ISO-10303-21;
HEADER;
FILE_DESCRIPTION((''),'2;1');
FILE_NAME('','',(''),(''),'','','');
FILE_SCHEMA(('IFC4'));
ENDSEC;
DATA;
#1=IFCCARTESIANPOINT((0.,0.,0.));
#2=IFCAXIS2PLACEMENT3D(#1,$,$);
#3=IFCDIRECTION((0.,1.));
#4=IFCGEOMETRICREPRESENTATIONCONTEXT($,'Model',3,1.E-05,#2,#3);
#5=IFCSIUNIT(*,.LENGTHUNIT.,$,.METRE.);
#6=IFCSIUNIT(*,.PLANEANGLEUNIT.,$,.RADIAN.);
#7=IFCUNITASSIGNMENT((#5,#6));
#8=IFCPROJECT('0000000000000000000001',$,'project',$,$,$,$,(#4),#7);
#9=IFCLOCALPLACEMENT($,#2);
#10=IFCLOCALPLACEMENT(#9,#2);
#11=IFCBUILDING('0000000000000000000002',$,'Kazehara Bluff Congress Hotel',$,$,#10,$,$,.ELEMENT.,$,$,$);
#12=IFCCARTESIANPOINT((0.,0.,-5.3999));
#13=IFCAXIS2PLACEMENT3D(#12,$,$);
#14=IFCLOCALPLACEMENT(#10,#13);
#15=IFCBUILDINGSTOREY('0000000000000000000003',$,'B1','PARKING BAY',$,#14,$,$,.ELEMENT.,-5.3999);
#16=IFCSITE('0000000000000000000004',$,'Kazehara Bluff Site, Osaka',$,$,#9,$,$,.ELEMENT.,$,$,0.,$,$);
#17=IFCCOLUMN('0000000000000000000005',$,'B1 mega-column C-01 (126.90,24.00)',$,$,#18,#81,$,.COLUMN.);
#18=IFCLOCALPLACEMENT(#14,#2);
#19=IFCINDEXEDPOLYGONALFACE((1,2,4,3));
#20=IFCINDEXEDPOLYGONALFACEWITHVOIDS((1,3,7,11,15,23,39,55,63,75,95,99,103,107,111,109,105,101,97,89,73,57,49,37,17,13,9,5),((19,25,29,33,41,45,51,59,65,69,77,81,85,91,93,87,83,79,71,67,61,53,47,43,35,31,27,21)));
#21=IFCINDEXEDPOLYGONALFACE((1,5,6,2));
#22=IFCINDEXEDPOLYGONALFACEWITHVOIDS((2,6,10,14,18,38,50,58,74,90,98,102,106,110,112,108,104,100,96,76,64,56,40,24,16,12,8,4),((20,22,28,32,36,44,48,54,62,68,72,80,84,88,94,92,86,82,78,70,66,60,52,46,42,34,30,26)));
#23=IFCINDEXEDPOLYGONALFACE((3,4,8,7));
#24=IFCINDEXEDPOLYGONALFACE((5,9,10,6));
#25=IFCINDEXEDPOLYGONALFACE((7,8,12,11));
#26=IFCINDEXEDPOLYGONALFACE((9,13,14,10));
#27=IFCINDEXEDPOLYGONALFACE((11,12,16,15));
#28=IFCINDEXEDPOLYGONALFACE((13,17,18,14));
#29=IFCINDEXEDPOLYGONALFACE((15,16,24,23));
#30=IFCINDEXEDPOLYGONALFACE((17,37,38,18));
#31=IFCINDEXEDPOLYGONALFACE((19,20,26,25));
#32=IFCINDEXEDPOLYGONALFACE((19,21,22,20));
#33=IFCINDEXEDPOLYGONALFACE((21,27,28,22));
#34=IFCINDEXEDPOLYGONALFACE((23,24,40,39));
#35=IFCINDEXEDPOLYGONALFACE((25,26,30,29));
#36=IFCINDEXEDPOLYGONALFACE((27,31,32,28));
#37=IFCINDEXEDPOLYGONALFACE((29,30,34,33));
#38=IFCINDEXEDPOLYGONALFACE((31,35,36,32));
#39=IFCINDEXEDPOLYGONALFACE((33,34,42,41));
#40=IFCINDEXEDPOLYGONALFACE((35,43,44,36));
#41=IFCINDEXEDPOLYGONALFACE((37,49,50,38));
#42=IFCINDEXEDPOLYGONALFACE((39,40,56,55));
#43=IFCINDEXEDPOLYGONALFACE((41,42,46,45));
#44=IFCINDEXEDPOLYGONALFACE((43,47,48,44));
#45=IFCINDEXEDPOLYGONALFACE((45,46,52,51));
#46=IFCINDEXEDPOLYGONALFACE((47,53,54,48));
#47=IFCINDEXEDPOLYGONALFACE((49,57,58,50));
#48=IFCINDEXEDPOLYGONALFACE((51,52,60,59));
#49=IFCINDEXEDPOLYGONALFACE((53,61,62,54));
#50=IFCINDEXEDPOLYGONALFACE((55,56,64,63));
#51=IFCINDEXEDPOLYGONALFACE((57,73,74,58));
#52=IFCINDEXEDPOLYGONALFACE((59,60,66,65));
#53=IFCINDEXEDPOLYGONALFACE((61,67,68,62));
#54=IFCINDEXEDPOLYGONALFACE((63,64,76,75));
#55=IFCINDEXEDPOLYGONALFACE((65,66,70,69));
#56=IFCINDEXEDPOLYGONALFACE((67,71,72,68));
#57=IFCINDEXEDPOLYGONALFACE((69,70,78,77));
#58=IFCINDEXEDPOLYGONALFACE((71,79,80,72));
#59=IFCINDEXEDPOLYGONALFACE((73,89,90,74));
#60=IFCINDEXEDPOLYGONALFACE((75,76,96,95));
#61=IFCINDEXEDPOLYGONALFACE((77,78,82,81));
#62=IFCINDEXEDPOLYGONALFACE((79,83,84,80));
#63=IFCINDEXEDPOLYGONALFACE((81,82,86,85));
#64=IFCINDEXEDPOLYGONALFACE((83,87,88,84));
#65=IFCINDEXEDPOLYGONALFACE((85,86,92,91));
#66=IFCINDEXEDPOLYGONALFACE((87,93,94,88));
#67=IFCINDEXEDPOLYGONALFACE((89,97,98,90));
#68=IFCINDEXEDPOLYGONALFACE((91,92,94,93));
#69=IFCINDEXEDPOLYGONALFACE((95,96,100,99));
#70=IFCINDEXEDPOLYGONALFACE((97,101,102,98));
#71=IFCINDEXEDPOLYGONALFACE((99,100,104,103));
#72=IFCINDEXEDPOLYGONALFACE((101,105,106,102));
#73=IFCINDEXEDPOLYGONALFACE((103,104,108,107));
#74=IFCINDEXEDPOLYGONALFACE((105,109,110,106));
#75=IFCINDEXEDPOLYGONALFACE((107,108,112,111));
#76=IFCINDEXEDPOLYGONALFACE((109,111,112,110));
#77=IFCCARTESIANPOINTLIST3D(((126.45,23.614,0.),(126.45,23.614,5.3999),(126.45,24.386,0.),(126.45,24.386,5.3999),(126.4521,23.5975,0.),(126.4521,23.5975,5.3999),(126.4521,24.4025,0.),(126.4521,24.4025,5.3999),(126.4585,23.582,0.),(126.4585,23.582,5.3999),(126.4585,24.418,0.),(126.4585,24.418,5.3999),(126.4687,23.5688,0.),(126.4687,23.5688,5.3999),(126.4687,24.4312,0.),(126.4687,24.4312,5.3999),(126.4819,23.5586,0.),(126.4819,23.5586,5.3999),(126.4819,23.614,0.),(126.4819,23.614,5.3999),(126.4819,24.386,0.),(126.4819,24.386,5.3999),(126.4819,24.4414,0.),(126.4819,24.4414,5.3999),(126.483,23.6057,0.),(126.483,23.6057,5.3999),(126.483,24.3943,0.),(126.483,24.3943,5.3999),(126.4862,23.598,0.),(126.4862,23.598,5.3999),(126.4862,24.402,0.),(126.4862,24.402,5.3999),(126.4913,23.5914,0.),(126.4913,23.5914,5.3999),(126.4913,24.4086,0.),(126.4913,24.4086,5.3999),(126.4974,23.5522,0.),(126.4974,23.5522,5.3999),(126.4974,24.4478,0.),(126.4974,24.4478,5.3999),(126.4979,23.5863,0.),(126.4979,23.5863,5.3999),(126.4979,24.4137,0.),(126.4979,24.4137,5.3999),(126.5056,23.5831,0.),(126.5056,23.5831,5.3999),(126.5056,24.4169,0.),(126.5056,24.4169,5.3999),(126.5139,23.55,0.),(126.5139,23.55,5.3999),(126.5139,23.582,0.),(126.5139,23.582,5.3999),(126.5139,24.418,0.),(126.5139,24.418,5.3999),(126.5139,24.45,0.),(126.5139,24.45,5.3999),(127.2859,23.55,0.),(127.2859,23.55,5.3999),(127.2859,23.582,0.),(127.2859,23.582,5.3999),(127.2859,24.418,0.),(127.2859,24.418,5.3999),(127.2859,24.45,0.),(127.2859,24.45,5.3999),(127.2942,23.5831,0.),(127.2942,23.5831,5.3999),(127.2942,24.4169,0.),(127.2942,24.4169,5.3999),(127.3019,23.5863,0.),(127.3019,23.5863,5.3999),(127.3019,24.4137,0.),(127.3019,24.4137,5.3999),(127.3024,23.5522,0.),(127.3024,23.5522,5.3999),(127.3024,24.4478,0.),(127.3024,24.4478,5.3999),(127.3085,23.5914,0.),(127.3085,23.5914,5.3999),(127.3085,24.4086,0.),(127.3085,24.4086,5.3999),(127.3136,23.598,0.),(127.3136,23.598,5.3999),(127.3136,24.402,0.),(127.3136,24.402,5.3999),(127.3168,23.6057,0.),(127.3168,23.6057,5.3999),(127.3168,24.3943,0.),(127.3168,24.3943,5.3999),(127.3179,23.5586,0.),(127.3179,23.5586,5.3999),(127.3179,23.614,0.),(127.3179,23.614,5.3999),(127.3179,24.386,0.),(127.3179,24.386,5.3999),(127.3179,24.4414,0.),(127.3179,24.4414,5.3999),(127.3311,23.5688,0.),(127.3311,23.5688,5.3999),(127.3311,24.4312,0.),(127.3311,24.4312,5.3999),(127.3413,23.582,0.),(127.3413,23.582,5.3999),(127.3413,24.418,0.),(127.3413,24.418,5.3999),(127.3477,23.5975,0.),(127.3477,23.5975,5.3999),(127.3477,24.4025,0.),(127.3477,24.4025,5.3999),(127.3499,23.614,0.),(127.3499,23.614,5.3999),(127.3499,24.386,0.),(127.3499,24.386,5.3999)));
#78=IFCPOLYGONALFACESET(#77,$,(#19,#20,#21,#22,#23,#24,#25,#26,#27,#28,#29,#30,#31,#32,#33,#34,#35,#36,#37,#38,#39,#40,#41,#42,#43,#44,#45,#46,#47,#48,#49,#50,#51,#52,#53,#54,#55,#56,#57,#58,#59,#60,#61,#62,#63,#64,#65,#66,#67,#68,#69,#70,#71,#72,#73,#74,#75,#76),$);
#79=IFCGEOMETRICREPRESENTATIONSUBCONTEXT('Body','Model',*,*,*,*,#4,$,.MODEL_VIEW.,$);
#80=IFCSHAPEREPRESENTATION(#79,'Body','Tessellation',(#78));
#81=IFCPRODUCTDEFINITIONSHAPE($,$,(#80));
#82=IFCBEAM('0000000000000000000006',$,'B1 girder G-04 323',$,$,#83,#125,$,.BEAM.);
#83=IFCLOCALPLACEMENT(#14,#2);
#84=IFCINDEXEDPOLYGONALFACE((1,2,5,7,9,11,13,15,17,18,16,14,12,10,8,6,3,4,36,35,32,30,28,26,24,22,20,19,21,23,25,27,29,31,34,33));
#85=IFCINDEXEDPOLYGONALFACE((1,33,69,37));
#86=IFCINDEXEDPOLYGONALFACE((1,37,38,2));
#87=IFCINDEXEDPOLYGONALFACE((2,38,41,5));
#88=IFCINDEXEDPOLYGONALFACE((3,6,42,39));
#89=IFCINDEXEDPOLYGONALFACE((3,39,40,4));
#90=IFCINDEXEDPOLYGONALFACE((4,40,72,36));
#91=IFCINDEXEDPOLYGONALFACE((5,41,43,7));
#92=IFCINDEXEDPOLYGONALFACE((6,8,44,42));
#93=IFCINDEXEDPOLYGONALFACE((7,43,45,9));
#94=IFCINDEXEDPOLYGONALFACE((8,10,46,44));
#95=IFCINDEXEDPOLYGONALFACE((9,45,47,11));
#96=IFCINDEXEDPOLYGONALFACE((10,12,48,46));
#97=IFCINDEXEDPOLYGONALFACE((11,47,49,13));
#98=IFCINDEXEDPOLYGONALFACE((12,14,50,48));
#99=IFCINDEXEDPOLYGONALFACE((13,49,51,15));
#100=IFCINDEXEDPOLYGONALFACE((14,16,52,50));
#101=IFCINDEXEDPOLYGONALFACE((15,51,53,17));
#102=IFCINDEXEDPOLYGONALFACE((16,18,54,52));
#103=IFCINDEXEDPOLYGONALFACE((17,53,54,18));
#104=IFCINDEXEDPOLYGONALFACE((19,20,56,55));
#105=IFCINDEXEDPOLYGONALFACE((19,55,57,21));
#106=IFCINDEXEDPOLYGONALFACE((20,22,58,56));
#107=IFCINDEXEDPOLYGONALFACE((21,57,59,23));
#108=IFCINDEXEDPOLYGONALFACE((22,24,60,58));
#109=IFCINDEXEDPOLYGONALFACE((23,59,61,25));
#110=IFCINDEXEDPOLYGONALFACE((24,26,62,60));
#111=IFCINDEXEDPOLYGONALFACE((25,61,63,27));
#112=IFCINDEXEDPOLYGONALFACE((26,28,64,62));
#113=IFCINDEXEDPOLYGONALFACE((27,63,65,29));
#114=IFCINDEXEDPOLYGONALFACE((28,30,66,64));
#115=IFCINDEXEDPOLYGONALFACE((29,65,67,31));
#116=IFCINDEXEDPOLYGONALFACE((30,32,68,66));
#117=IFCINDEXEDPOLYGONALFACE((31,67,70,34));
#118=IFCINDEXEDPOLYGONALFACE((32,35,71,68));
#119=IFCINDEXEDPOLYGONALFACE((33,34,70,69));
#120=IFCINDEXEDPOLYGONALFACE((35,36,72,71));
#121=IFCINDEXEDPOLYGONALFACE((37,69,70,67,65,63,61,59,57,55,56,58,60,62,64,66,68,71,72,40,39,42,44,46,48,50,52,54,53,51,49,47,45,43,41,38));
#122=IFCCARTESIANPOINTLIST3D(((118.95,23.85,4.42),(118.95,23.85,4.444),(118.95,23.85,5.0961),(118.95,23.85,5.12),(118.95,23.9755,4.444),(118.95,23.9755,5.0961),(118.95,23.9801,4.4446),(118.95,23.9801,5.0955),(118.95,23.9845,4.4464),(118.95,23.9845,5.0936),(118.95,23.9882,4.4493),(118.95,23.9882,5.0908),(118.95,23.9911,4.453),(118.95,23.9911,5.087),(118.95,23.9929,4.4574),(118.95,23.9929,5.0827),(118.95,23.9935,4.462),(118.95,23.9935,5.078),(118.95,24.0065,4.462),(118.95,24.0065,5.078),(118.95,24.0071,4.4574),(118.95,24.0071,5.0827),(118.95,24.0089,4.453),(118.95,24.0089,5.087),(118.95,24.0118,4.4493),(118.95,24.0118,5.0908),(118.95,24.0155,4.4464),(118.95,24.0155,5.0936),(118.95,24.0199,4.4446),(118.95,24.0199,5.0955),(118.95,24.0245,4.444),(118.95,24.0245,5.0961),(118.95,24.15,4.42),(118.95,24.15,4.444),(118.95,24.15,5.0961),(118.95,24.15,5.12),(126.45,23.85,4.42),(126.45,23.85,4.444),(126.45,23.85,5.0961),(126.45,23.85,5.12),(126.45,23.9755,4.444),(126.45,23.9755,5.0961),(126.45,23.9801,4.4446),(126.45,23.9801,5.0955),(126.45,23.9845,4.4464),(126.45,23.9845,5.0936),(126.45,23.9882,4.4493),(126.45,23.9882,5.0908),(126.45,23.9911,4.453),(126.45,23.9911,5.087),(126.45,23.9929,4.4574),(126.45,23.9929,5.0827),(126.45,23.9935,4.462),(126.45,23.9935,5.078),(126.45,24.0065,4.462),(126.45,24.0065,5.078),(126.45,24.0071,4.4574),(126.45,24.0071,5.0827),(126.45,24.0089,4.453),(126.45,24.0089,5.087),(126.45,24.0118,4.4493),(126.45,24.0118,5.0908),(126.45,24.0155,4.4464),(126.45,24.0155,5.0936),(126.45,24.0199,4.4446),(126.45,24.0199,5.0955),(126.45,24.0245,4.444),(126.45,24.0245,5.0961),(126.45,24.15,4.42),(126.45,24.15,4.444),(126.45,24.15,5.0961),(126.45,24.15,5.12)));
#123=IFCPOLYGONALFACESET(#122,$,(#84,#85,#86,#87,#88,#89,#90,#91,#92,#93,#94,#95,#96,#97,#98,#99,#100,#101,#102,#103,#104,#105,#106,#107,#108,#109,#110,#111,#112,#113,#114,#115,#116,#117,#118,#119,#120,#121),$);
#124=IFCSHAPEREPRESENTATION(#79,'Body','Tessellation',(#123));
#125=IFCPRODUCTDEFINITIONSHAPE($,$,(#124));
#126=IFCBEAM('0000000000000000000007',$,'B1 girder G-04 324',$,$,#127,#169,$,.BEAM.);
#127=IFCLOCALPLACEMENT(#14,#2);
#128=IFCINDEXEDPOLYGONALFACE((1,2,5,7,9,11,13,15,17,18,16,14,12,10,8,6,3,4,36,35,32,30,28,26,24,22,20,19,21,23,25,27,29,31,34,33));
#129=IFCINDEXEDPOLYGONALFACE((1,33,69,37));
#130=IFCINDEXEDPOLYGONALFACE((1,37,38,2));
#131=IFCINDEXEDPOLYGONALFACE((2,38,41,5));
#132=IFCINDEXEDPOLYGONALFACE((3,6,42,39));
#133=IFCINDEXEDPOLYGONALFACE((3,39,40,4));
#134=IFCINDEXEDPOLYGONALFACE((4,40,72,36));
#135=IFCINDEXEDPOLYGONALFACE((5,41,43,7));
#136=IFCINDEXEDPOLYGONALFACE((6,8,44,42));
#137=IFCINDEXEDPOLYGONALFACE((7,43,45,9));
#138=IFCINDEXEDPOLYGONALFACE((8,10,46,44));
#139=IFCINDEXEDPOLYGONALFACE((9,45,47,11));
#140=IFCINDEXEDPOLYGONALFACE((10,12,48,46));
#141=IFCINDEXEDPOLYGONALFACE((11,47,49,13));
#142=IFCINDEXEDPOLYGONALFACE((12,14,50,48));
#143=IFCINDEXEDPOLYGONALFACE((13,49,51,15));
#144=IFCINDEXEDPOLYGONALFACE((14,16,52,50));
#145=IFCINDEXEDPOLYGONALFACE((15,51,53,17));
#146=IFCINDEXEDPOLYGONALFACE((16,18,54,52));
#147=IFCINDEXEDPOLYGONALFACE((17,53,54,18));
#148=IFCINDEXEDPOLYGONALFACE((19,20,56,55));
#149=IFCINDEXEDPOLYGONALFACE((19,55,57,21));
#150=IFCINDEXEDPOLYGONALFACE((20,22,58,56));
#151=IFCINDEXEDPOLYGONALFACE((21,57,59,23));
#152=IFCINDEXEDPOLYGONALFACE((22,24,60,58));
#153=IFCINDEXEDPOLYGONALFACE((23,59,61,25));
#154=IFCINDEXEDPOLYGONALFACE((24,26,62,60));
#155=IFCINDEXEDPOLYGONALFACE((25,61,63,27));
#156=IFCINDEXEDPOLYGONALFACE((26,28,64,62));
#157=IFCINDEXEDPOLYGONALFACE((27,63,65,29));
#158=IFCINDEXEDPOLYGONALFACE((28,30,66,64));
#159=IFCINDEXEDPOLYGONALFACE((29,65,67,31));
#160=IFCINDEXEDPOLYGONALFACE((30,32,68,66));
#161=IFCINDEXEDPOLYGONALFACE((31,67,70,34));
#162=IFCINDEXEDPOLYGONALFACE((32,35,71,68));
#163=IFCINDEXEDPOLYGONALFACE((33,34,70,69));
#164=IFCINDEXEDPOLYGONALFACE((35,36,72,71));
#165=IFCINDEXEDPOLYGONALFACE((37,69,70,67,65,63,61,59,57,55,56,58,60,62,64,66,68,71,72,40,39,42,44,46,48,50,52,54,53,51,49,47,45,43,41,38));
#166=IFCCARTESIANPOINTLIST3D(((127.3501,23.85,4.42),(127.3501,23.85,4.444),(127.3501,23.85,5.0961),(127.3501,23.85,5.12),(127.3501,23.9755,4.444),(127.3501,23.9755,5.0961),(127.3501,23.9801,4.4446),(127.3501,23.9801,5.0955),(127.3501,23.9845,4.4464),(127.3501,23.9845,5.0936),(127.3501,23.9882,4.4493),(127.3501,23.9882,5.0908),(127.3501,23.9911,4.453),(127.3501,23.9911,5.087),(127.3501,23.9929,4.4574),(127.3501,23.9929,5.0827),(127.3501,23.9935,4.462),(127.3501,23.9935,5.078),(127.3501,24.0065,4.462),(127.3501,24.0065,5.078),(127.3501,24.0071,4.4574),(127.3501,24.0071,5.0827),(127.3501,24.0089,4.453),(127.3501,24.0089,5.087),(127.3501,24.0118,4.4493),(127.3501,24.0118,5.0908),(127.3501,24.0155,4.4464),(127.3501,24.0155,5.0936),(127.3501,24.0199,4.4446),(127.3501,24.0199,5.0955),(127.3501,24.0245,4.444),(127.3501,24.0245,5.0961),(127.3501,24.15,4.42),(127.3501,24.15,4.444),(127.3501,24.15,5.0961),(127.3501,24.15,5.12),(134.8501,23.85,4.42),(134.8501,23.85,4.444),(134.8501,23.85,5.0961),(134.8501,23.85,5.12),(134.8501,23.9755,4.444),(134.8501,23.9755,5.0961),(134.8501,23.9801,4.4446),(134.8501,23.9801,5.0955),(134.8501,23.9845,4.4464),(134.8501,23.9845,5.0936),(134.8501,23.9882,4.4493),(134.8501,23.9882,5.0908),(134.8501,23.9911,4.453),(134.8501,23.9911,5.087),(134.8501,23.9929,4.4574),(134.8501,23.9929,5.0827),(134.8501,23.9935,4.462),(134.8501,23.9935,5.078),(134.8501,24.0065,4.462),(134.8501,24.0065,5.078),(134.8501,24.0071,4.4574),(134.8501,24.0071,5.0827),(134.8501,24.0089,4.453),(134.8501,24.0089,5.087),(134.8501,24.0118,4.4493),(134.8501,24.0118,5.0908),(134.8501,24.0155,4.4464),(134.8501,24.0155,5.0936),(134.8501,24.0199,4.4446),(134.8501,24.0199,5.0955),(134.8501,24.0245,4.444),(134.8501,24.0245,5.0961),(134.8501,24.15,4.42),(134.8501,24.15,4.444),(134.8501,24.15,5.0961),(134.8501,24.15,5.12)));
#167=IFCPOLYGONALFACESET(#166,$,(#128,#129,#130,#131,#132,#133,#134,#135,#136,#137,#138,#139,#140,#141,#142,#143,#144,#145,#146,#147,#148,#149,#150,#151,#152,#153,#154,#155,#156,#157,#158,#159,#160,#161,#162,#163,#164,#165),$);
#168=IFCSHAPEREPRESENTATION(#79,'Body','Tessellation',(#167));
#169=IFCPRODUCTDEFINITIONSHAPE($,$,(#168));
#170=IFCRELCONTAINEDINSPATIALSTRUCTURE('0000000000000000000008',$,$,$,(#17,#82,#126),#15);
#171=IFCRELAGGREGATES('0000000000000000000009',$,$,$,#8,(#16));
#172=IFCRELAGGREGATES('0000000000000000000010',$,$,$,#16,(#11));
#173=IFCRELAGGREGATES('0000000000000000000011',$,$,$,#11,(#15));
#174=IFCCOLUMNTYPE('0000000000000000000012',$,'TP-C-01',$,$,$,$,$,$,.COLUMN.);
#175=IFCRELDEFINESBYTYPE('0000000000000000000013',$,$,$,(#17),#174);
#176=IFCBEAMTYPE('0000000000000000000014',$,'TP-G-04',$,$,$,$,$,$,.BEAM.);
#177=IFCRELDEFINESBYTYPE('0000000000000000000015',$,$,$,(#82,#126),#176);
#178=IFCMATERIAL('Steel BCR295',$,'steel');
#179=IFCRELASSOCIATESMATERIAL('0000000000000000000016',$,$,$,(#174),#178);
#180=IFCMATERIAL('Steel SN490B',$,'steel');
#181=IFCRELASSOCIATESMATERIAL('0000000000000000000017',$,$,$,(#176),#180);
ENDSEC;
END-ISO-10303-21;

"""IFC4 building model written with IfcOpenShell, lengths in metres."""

from ifc_helpers import new_model, si_unit, direction, frame, origin, origin_2d, place, context, subcontext, project, spatial, hollow_rectangle, i_section, extrude, material, material_profile, profile_set, type_object, element, save


model = new_model("IFC4")

# Units and contexts
model_context = context("Model", 3, precision=1e-05, world=origin(), true_north=direction((0.0, 1.0)))
body_context = subcontext(model_context, "Body", "Model", "MODEL_VIEW")
ifc_project = project(units=[si_unit("LENGTHUNIT", "METRE"), si_unit("PLANEANGLEUNIT", "RADIAN")], contexts=[model_context])

# Site, building, storey
site_placement = place(None, origin())
site = spatial("IfcSite", under=ifc_project, at=site_placement, Name="Kazehara Bluff Site, Osaka", CompositionType="ELEMENT", RefElevation=0.0)
building_placement = place(site_placement, origin())
building = spatial("IfcBuilding", under=site, at=building_placement, Name="Kazehara Bluff Congress Hotel", CompositionType="ELEMENT")
storey_placement = place(building_placement, frame((0.0, 0.0, -5.3999)))
storey = spatial("IfcBuildingStorey", under=building, at=storey_placement, Name="B1", Description="PARKING BAY", CompositionType="ELEMENT", Elevation=-5.3999)

# Column
ifc_material_1 = material(Name="Steel BCR295", Category="steel")
ifc_material_profile_1 = material_profile(ifc_material_1, hollow_rectangle(XDim=0.8999, YDim=0.8999, WallThickness=0.032, InnerFilletRadius=0.032, OuterFilletRadius=0.064, at=origin_2d()))
ifc_profile_set_1 = profile_set([ifc_material_profile_1], Name="Steel BCR295")
column_type = type_object("IfcColumnType", Name="TP-C-01", PredefinedType="COLUMN", material=ifc_profile_set_1)
for number, where, z_axis, x_axis, name in (
    (1, (126.8999, 24.0, 0.0), (0.0, 0.0, 1.0), (1.0, 0.0, 0.0), "B1 mega-column C-01 (126.90,24.00)"),
):
    element("IfcColumn", number, at=place(storey_placement, frame(where, z_axis=z_axis, x_axis=x_axis)), inside=storey, type_object=column_type, Name=name, PredefinedType="COLUMN", context=body_context, shape_type="SweptSolid", body=[
        extrude(hollow_rectangle(XDim=0.8999, YDim=0.8999, WallThickness=0.032, InnerFilletRadius=0.032, OuterFilletRadius=0.064, at=origin_2d()), origin(), (0.0, 0.0, 1.0), 5.3999),
    ])

# Beams
ifc_material_2 = material(Name="Steel SN490B", Category="steel")
ifc_material_profile_2 = material_profile(ifc_material_2, i_section(OverallWidth=0.3, OverallDepth=0.7, WebThickness=0.0129, FlangeThickness=0.0239, FilletRadius=0.0181, at=origin_2d()))
ifc_profile_set_2 = profile_set([ifc_material_profile_2], Name="Steel SN490B")
beam_type_1 = type_object("IfcBeamType", Name="TP-G-04", PredefinedType="BEAM", material=ifc_profile_set_2)
for number, where, z_axis, x_axis, name in (
    (2, (118.95, 24.0, 4.77), (1.0, 0.0, 0.0), (0.0, 1.0, 0.0), "B1 girder G-04 323"),
    (3, (127.3501, 24.0, 4.77), (1.0, 0.0, 0.0), (0.0, 1.0, 0.0), "B1 girder G-04 324"),
):
    element("IfcBeam", number, at=place(storey_placement, frame(where, z_axis=z_axis, x_axis=x_axis)), inside=storey, type_object=beam_type_1, Name=name, PredefinedType="BEAM", context=body_context, shape_type="SweptSolid", body=[
        extrude(i_section(OverallWidth=0.3, OverallDepth=0.7, WebThickness=0.0129, FlangeThickness=0.0239, FilletRadius=0.0181, at=origin_2d()), origin(), (0.0, 0.0, 1.0), 7.5),
    ])

save(model, "model.ifc")
